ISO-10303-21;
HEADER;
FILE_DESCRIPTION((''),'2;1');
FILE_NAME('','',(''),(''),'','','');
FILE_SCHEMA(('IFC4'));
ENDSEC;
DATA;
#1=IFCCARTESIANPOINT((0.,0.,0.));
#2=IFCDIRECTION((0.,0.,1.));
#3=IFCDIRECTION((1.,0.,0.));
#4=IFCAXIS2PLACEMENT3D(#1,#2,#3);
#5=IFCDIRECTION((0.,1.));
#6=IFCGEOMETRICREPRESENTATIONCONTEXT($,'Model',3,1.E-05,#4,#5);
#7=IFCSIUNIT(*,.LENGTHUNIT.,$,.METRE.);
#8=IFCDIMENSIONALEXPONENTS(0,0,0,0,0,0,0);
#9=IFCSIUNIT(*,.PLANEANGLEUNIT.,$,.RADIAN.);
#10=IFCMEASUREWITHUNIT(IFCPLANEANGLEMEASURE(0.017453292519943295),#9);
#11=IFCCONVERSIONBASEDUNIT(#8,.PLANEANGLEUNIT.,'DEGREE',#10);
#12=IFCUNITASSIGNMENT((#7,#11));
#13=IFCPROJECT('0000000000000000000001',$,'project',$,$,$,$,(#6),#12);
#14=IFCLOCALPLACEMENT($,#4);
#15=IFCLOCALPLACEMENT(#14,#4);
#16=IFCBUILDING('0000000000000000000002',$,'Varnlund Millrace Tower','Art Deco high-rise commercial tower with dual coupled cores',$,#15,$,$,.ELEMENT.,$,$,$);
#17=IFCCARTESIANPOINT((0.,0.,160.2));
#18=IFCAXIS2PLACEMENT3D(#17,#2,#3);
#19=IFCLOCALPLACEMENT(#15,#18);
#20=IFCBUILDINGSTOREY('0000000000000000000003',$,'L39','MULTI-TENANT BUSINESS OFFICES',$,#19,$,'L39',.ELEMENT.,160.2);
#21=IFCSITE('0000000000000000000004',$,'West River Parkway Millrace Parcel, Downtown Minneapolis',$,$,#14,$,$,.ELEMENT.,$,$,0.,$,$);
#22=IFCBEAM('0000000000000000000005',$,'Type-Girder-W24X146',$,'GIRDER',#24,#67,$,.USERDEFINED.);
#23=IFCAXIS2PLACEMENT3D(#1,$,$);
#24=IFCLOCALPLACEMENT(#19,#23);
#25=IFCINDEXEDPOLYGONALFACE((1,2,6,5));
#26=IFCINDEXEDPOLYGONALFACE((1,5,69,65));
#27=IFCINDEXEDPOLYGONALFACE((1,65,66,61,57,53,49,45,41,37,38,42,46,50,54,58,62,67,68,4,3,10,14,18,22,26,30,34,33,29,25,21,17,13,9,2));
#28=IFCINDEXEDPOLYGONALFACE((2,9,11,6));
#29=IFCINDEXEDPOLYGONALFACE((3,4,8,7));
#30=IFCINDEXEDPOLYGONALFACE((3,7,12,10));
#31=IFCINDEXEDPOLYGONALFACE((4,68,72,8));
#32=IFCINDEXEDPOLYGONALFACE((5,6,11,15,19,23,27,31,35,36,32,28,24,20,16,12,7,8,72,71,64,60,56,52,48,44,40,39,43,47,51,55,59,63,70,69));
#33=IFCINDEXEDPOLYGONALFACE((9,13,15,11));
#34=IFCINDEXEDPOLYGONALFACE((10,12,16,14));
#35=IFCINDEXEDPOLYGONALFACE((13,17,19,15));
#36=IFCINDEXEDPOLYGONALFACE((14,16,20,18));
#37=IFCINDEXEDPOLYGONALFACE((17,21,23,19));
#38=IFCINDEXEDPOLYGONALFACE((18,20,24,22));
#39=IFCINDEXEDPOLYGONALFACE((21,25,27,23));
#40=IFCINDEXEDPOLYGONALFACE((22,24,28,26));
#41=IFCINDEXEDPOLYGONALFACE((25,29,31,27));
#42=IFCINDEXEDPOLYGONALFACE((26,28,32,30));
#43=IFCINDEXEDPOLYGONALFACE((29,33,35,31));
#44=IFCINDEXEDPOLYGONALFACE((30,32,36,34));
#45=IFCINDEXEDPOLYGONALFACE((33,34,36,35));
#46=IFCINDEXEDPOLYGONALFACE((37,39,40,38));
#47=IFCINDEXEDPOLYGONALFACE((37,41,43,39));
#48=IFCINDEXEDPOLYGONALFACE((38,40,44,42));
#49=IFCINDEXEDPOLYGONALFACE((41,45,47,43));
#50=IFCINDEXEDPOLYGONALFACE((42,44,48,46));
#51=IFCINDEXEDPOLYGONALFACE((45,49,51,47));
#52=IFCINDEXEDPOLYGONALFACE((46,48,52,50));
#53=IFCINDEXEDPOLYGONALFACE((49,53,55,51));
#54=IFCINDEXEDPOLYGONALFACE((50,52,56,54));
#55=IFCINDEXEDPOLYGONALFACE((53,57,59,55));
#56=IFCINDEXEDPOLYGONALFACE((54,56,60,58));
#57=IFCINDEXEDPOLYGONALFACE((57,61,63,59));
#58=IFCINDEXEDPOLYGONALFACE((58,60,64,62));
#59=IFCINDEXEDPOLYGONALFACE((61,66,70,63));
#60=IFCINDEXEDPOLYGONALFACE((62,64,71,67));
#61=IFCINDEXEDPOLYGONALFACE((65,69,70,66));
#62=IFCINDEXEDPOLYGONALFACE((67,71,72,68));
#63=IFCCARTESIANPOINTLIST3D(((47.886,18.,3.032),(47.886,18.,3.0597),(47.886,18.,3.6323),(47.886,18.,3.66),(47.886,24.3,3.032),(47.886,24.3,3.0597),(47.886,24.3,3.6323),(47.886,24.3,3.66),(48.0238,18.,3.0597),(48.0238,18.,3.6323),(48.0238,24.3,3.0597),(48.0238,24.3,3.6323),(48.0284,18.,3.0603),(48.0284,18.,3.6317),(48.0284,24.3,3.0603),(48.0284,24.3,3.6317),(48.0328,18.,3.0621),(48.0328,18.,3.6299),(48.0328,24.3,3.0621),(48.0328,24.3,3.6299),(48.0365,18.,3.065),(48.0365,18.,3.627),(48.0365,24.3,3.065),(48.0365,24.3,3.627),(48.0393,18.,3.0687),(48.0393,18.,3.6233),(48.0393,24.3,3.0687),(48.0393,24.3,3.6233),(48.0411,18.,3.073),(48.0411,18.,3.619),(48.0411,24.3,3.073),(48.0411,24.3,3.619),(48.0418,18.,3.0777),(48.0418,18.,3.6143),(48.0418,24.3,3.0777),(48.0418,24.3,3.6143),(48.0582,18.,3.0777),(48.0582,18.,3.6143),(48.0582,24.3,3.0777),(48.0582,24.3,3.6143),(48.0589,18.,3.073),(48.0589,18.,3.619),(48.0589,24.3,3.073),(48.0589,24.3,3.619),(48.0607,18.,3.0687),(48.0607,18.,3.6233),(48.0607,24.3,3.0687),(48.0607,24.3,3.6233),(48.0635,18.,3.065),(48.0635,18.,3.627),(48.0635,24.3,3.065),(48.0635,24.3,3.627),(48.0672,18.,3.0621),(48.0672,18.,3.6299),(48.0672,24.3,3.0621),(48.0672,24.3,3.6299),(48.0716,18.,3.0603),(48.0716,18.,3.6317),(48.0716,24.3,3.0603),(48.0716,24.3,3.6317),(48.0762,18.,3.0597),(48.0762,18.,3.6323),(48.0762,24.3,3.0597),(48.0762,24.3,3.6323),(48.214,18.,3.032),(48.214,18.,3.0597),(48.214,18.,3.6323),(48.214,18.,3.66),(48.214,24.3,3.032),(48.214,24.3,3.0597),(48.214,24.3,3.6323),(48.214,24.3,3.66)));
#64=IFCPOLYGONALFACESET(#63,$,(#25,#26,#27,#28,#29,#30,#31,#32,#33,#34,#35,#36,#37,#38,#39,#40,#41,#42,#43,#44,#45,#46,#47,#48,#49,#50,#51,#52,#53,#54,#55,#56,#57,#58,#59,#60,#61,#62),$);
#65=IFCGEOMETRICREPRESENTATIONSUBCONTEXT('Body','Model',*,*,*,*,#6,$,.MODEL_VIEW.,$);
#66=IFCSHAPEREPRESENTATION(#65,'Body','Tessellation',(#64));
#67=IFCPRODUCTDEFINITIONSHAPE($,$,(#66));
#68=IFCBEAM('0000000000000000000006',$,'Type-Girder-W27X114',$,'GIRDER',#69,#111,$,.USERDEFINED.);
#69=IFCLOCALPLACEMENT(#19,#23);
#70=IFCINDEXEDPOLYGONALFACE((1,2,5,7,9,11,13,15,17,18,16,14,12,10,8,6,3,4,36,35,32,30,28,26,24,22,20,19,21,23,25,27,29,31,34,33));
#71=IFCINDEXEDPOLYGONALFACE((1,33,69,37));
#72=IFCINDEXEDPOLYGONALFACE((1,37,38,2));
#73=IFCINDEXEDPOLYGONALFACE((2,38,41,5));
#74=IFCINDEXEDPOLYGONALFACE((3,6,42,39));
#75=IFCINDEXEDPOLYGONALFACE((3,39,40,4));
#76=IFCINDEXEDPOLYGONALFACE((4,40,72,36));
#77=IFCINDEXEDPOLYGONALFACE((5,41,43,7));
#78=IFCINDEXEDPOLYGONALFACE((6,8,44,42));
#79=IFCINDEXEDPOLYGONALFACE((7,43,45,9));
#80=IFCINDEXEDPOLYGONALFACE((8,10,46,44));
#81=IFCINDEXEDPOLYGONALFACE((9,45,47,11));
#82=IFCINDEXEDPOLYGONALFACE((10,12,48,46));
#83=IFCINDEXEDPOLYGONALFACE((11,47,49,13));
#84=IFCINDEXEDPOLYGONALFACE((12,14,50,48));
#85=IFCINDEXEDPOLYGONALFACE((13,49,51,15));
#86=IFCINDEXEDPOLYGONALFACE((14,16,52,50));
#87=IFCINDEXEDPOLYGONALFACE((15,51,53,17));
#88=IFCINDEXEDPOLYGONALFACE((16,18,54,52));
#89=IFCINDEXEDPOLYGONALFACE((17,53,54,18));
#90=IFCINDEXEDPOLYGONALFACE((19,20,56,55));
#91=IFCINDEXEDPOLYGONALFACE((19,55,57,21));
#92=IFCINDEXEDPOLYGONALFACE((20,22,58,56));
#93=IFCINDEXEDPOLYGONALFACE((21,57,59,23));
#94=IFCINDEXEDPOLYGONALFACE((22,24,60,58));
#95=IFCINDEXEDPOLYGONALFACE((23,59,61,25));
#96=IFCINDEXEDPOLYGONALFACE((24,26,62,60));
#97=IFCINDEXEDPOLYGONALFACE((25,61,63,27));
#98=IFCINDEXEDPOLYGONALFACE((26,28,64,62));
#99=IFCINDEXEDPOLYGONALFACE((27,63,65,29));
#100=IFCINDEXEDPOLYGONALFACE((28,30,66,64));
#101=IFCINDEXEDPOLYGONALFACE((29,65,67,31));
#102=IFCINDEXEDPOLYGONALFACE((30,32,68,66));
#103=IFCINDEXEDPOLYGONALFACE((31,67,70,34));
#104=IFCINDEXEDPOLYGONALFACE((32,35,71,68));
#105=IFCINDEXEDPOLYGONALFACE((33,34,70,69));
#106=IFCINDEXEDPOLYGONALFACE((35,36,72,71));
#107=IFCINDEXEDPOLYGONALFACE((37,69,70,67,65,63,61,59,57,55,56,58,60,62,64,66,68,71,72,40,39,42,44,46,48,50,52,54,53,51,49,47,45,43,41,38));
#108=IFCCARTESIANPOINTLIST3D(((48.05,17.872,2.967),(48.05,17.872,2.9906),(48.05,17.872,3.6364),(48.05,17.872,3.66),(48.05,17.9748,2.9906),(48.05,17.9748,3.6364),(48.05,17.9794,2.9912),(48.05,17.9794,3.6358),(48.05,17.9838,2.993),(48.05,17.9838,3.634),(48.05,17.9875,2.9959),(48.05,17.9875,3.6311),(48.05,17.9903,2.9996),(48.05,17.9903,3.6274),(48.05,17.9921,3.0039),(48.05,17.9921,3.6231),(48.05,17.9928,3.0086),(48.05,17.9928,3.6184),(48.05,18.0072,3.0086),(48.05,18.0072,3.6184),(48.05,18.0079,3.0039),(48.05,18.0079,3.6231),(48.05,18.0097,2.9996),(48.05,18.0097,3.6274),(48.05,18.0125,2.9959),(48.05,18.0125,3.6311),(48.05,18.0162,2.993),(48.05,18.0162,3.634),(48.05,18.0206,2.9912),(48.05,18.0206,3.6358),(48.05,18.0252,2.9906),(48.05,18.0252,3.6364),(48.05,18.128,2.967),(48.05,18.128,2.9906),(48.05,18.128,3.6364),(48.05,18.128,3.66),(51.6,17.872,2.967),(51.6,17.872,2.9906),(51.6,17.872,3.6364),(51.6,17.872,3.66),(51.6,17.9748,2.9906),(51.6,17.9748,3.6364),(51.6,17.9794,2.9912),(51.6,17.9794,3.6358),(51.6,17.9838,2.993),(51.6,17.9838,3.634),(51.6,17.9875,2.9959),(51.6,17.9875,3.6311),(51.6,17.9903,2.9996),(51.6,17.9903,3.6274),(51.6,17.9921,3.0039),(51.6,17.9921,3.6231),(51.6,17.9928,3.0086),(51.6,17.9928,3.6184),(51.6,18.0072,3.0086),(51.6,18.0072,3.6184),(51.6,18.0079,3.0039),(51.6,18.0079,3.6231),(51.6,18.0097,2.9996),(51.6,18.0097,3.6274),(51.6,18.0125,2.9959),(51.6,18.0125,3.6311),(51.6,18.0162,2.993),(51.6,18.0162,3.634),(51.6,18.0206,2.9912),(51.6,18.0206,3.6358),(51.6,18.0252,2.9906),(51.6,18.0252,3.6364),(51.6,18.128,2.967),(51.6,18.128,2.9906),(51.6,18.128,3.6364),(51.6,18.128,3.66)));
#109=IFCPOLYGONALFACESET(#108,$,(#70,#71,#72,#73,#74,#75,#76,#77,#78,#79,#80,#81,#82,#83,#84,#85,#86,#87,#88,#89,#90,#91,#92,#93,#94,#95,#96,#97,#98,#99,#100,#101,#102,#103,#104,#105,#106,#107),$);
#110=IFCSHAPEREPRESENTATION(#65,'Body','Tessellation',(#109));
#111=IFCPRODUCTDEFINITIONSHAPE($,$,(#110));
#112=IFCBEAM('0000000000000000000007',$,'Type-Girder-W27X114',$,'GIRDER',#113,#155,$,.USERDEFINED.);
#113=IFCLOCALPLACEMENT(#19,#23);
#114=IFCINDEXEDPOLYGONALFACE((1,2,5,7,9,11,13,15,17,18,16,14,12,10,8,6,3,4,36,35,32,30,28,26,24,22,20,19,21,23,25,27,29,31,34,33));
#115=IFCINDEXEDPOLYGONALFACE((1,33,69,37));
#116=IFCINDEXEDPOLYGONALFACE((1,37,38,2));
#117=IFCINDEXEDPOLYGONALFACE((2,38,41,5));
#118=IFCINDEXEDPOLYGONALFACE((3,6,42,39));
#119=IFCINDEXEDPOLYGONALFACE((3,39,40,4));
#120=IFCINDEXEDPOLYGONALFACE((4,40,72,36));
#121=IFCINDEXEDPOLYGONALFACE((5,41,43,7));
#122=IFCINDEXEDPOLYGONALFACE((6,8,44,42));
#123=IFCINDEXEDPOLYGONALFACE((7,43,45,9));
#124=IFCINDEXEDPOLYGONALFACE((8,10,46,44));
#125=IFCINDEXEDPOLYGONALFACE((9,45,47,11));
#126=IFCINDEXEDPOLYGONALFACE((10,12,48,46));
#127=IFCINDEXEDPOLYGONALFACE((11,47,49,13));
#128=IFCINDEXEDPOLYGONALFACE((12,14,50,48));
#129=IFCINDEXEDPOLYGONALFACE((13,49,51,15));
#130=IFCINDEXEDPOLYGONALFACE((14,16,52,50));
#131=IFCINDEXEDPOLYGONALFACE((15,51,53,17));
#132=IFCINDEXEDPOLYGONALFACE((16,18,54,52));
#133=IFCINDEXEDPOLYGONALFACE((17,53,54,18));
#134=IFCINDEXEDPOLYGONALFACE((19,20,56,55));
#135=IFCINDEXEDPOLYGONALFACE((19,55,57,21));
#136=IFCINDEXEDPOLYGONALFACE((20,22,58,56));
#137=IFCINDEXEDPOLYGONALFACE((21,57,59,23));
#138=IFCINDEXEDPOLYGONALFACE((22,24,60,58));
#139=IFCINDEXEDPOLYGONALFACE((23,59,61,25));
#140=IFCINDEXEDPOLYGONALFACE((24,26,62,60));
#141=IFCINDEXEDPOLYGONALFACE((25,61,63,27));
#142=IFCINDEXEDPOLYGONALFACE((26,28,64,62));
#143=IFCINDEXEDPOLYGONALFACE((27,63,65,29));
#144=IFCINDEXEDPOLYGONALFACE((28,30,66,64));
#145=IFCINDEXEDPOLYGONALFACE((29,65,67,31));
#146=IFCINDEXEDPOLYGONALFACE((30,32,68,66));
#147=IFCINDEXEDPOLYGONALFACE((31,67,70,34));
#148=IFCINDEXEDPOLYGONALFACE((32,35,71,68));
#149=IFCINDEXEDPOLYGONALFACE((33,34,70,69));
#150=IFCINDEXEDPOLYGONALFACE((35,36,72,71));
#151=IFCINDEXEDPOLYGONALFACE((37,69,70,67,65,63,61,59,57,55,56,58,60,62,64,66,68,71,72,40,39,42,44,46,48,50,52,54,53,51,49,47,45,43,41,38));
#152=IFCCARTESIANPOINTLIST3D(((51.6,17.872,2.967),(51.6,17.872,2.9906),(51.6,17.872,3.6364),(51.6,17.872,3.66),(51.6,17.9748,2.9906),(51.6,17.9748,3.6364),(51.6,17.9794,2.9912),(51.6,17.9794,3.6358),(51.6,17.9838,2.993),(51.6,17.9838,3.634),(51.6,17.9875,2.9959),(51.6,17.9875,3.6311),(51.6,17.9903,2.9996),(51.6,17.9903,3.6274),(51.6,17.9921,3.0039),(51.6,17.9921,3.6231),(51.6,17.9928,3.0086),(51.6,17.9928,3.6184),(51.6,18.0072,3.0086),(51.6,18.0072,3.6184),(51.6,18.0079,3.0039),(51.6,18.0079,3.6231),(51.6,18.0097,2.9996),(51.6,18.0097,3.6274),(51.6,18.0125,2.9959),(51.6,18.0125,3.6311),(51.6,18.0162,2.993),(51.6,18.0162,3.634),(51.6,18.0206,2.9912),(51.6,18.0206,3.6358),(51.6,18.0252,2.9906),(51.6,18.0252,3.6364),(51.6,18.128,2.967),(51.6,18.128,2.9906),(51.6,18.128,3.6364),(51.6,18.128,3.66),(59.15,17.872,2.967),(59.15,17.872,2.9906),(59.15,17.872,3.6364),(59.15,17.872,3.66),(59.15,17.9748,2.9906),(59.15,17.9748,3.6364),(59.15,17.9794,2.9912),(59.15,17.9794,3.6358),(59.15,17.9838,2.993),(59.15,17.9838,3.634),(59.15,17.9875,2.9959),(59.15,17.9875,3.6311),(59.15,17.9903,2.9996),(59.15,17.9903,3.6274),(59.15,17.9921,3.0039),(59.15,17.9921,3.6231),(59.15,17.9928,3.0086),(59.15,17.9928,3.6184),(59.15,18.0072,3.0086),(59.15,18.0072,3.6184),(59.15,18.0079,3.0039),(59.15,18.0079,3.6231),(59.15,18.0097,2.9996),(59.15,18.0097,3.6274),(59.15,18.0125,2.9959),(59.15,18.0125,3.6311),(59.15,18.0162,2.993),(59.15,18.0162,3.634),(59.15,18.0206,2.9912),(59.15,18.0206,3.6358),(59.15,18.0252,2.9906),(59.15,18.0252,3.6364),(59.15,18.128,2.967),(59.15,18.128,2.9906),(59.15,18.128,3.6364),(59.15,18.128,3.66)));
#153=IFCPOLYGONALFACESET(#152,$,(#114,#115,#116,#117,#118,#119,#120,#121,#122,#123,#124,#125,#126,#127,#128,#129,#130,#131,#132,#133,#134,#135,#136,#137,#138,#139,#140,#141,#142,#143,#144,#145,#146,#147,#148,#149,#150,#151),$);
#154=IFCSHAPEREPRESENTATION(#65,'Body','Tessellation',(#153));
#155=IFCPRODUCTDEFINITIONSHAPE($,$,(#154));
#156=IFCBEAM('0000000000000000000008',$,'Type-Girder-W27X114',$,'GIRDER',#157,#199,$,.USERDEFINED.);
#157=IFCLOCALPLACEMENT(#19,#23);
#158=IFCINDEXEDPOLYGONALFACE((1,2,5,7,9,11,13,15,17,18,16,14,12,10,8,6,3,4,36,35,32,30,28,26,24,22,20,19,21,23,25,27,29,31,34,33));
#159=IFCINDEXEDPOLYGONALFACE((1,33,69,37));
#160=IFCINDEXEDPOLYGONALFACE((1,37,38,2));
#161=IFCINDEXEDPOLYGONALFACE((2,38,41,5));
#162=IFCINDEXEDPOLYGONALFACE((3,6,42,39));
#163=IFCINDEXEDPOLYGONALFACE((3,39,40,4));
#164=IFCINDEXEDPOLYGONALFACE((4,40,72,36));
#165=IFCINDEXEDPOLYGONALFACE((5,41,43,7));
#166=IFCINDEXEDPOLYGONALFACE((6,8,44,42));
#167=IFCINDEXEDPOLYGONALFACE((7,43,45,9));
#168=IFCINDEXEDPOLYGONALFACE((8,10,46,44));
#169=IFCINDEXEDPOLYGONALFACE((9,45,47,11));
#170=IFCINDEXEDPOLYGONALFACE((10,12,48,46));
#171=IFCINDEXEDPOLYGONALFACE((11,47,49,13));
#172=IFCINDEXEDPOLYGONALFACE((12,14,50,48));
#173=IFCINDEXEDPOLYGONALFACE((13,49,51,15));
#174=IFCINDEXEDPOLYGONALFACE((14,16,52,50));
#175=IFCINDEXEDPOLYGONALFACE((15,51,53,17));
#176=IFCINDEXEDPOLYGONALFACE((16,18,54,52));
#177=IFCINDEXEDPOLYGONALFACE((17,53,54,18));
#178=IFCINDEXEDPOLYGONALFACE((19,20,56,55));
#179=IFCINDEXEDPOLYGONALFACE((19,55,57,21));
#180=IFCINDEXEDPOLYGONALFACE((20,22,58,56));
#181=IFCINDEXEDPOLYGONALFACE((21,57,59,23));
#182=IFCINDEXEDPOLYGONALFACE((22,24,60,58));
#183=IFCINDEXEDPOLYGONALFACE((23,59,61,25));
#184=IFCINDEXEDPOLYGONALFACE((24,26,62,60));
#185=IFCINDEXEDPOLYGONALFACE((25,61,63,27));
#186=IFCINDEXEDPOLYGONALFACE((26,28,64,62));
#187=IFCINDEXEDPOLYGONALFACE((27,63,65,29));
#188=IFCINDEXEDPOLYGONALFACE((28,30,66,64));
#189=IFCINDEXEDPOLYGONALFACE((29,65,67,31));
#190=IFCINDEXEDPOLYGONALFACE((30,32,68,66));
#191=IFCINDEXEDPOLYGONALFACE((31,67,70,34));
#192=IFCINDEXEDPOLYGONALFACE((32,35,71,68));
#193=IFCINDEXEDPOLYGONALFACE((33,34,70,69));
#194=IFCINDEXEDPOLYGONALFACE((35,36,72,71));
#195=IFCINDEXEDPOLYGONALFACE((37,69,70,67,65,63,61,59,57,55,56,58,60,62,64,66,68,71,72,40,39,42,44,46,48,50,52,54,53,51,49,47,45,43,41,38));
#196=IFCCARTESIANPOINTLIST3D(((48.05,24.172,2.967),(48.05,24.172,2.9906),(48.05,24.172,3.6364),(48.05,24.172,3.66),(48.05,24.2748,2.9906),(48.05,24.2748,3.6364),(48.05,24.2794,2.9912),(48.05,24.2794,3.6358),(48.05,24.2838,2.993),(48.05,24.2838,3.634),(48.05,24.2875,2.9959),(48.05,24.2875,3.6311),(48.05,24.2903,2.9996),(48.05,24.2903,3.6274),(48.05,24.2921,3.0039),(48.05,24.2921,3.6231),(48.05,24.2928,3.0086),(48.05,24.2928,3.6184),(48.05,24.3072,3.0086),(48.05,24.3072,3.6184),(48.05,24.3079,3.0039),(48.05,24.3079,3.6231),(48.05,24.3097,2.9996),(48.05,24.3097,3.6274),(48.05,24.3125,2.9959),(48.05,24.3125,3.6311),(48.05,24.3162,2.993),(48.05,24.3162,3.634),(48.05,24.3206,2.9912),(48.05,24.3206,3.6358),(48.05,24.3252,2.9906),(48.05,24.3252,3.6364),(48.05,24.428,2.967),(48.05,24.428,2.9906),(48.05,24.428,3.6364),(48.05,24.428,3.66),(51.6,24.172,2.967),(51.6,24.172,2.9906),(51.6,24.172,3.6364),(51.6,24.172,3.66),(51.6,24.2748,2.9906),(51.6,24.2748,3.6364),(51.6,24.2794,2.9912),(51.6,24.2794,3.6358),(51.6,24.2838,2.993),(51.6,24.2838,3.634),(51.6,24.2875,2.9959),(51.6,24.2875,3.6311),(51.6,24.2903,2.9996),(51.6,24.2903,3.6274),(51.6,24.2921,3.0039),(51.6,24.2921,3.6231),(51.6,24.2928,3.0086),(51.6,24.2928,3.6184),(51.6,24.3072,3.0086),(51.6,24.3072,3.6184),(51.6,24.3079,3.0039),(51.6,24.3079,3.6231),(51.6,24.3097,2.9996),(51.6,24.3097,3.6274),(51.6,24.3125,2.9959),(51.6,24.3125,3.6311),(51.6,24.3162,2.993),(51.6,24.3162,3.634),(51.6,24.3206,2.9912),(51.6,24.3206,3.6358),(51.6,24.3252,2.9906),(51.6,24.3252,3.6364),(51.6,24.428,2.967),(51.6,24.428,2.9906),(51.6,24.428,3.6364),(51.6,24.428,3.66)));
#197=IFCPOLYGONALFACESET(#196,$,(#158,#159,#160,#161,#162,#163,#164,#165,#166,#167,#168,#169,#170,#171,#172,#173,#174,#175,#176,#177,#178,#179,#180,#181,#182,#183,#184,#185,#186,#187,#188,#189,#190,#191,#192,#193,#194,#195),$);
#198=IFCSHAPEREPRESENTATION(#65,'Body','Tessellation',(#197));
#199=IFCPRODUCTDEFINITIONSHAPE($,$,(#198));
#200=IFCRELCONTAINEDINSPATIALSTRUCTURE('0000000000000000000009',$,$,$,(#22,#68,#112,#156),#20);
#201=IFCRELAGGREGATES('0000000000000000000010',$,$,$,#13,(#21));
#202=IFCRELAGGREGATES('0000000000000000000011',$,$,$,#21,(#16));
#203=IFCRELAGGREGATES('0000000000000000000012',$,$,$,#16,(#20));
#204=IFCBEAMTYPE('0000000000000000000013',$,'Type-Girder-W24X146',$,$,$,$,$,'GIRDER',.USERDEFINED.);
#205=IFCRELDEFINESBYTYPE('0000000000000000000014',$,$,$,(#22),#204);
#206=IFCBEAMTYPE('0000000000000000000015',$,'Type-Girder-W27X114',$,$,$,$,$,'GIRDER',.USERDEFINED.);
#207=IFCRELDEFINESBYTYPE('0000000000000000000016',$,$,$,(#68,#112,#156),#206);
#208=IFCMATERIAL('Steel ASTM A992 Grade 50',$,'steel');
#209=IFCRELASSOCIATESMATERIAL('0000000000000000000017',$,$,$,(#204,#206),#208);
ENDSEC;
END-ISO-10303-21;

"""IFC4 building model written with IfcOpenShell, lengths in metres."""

from ifc_helpers import new_model, entity, si_unit, converted_unit, direction, frame, origin_with_axes, origin_2d_with_axis, place, context, subcontext, project, spatial, i_section, extrude, material, material_profile, profile_set, type_object, element, save


model = new_model("IFC4")

# Units and contexts
model_context = context("Model", 3, precision=1e-05, world=origin_with_axes(), true_north=direction((0.0, 1.0)))
body_context = subcontext(model_context, "Body", "Model", "MODEL_VIEW")
ifc_project = project(units=[si_unit("LENGTHUNIT", "METRE"), converted_unit("PLANEANGLEUNIT", "DEGREE", entity("IfcPlaneAngleMeasure", 0.017453292519943295), si_unit("PLANEANGLEUNIT", "RADIAN"), dimensions=[0, 0, 0, 0, 0, 0, 0])], contexts=[model_context])

# Site, building, storey
site_placement = place(None, origin_with_axes())
site = spatial("IfcSite", under=ifc_project, at=site_placement, Name="West River Parkway Millrace Parcel, Downtown Minneapolis", CompositionType="ELEMENT", RefElevation=0.0)
building_placement = place(site_placement, origin_with_axes())
building = spatial("IfcBuilding", under=site, at=building_placement, Name="Varnlund Millrace Tower", Description="Art Deco high-rise commercial tower with dual coupled cores", CompositionType="ELEMENT")
storey_placement = place(building_placement, frame((0.0, 0.0, 160.2), z_axis=(0.0, 0.0, 1.0), x_axis=(1.0, 0.0, 0.0)))
storey = spatial("IfcBuildingStorey", under=building, at=storey_placement, Name="L39", Description="MULTI-TENANT BUSINESS OFFICES", LongName="L39", CompositionType="ELEMENT", Elevation=160.2)

# Beams
ifc_material_1 = material(Name="Steel ASTM A992 Grade 50", Category="steel")
ifc_material_profile_1 = material_profile(ifc_material_1, i_section(OverallWidth=0.328, OverallDepth=0.628, WebThickness=0.0165, FlangeThickness=0.0277, FilletRadius=0.018, at=origin_2d_with_axis()), Name="Steel ASTM A992 Grade 50")
ifc_profile_set_1 = profile_set([ifc_material_profile_1], Name="Steel ASTM A992 Grade 50")
beam_type_1 = type_object("IfcBeamType", Name="Type-Girder-W24X146", ElementType="GIRDER", PredefinedType="USERDEFINED", material=ifc_profile_set_1)
beam_1_placement = place(storey_placement, frame((48.05, 18.0, 3.346), z_axis=(0.0, 1.0, 0.0), x_axis=(-1.0, 0.0, 0.0)))
element("IfcBeam", 1, at=beam_1_placement, inside=storey, type_object=beam_type_1, Name="Type-Girder-W24X146", ObjectType="GIRDER", PredefinedType="USERDEFINED", context=body_context, shape_type="SweptSolid", body=[
    extrude(i_section(OverallWidth=0.328, OverallDepth=0.628, WebThickness=0.0165, FlangeThickness=0.0277, FilletRadius=0.018, at=origin_2d_with_axis()), origin_with_axes(), (0.0, 0.0, 1.0), 6.3),
])
ifc_material_profile_2 = material_profile(ifc_material_1, i_section(OverallWidth=0.256, OverallDepth=0.693, WebThickness=0.0145, FlangeThickness=0.0236, FilletRadius=0.018, at=origin_2d_with_axis()), Name="Steel ASTM A992 Grade 50")
ifc_profile_set_2 = profile_set([ifc_material_profile_2], Name="Steel ASTM A992 Grade 50")
beam_type_2 = type_object("IfcBeamType", Name="Type-Girder-W27X114", ElementType="GIRDER", PredefinedType="USERDEFINED", material=ifc_profile_set_2)
beam_2_placement = place(storey_placement, frame((48.05, 18.0, 3.3135), z_axis=(1.0, 0.0, 0.0), x_axis=(0.0, 1.0, 0.0)))
element("IfcBeam", 2, at=beam_2_placement, inside=storey, type_object=beam_type_2, Name="Type-Girder-W27X114", ObjectType="GIRDER", PredefinedType="USERDEFINED", context=body_context, shape_type="SweptSolid", body=[
    extrude(i_section(OverallWidth=0.256, OverallDepth=0.693, WebThickness=0.0145, FlangeThickness=0.0236, FilletRadius=0.018, at=origin_2d_with_axis()), origin_with_axes(), (0.0, 0.0, 1.0), 3.55),
])
beam_3_placement = place(storey_placement, frame((51.6, 18.0, 3.3135), z_axis=(1.0, 0.0, 0.0), x_axis=(0.0, 1.0, 0.0)))
element("IfcBeam", 3, at=beam_3_placement, inside=storey, type_object=beam_type_2, Name="Type-Girder-W27X114", ObjectType="GIRDER", PredefinedType="USERDEFINED", context=body_context, shape_type="SweptSolid", body=[
    extrude(i_section(OverallWidth=0.256, OverallDepth=0.693, WebThickness=0.0145, FlangeThickness=0.0236, FilletRadius=0.018, at=origin_2d_with_axis()), origin_with_axes(), (0.0, 0.0, 1.0), 7.55),
])
beam_4_placement = place(storey_placement, frame((48.05, 24.3, 3.3135), z_axis=(1.0, 0.0, 0.0), x_axis=(0.0, 1.0, 0.0)))
element("IfcBeam", 4, at=beam_4_placement, inside=storey, type_object=beam_type_2, Name="Type-Girder-W27X114", ObjectType="GIRDER", PredefinedType="USERDEFINED", context=body_context, shape_type="SweptSolid", body=[
    extrude(i_section(OverallWidth=0.256, OverallDepth=0.693, WebThickness=0.0145, FlangeThickness=0.0236, FilletRadius=0.018, at=origin_2d_with_axis()), origin_with_axes(), (0.0, 0.0, 1.0), 3.55),
])

save(model, "model.ifc")
